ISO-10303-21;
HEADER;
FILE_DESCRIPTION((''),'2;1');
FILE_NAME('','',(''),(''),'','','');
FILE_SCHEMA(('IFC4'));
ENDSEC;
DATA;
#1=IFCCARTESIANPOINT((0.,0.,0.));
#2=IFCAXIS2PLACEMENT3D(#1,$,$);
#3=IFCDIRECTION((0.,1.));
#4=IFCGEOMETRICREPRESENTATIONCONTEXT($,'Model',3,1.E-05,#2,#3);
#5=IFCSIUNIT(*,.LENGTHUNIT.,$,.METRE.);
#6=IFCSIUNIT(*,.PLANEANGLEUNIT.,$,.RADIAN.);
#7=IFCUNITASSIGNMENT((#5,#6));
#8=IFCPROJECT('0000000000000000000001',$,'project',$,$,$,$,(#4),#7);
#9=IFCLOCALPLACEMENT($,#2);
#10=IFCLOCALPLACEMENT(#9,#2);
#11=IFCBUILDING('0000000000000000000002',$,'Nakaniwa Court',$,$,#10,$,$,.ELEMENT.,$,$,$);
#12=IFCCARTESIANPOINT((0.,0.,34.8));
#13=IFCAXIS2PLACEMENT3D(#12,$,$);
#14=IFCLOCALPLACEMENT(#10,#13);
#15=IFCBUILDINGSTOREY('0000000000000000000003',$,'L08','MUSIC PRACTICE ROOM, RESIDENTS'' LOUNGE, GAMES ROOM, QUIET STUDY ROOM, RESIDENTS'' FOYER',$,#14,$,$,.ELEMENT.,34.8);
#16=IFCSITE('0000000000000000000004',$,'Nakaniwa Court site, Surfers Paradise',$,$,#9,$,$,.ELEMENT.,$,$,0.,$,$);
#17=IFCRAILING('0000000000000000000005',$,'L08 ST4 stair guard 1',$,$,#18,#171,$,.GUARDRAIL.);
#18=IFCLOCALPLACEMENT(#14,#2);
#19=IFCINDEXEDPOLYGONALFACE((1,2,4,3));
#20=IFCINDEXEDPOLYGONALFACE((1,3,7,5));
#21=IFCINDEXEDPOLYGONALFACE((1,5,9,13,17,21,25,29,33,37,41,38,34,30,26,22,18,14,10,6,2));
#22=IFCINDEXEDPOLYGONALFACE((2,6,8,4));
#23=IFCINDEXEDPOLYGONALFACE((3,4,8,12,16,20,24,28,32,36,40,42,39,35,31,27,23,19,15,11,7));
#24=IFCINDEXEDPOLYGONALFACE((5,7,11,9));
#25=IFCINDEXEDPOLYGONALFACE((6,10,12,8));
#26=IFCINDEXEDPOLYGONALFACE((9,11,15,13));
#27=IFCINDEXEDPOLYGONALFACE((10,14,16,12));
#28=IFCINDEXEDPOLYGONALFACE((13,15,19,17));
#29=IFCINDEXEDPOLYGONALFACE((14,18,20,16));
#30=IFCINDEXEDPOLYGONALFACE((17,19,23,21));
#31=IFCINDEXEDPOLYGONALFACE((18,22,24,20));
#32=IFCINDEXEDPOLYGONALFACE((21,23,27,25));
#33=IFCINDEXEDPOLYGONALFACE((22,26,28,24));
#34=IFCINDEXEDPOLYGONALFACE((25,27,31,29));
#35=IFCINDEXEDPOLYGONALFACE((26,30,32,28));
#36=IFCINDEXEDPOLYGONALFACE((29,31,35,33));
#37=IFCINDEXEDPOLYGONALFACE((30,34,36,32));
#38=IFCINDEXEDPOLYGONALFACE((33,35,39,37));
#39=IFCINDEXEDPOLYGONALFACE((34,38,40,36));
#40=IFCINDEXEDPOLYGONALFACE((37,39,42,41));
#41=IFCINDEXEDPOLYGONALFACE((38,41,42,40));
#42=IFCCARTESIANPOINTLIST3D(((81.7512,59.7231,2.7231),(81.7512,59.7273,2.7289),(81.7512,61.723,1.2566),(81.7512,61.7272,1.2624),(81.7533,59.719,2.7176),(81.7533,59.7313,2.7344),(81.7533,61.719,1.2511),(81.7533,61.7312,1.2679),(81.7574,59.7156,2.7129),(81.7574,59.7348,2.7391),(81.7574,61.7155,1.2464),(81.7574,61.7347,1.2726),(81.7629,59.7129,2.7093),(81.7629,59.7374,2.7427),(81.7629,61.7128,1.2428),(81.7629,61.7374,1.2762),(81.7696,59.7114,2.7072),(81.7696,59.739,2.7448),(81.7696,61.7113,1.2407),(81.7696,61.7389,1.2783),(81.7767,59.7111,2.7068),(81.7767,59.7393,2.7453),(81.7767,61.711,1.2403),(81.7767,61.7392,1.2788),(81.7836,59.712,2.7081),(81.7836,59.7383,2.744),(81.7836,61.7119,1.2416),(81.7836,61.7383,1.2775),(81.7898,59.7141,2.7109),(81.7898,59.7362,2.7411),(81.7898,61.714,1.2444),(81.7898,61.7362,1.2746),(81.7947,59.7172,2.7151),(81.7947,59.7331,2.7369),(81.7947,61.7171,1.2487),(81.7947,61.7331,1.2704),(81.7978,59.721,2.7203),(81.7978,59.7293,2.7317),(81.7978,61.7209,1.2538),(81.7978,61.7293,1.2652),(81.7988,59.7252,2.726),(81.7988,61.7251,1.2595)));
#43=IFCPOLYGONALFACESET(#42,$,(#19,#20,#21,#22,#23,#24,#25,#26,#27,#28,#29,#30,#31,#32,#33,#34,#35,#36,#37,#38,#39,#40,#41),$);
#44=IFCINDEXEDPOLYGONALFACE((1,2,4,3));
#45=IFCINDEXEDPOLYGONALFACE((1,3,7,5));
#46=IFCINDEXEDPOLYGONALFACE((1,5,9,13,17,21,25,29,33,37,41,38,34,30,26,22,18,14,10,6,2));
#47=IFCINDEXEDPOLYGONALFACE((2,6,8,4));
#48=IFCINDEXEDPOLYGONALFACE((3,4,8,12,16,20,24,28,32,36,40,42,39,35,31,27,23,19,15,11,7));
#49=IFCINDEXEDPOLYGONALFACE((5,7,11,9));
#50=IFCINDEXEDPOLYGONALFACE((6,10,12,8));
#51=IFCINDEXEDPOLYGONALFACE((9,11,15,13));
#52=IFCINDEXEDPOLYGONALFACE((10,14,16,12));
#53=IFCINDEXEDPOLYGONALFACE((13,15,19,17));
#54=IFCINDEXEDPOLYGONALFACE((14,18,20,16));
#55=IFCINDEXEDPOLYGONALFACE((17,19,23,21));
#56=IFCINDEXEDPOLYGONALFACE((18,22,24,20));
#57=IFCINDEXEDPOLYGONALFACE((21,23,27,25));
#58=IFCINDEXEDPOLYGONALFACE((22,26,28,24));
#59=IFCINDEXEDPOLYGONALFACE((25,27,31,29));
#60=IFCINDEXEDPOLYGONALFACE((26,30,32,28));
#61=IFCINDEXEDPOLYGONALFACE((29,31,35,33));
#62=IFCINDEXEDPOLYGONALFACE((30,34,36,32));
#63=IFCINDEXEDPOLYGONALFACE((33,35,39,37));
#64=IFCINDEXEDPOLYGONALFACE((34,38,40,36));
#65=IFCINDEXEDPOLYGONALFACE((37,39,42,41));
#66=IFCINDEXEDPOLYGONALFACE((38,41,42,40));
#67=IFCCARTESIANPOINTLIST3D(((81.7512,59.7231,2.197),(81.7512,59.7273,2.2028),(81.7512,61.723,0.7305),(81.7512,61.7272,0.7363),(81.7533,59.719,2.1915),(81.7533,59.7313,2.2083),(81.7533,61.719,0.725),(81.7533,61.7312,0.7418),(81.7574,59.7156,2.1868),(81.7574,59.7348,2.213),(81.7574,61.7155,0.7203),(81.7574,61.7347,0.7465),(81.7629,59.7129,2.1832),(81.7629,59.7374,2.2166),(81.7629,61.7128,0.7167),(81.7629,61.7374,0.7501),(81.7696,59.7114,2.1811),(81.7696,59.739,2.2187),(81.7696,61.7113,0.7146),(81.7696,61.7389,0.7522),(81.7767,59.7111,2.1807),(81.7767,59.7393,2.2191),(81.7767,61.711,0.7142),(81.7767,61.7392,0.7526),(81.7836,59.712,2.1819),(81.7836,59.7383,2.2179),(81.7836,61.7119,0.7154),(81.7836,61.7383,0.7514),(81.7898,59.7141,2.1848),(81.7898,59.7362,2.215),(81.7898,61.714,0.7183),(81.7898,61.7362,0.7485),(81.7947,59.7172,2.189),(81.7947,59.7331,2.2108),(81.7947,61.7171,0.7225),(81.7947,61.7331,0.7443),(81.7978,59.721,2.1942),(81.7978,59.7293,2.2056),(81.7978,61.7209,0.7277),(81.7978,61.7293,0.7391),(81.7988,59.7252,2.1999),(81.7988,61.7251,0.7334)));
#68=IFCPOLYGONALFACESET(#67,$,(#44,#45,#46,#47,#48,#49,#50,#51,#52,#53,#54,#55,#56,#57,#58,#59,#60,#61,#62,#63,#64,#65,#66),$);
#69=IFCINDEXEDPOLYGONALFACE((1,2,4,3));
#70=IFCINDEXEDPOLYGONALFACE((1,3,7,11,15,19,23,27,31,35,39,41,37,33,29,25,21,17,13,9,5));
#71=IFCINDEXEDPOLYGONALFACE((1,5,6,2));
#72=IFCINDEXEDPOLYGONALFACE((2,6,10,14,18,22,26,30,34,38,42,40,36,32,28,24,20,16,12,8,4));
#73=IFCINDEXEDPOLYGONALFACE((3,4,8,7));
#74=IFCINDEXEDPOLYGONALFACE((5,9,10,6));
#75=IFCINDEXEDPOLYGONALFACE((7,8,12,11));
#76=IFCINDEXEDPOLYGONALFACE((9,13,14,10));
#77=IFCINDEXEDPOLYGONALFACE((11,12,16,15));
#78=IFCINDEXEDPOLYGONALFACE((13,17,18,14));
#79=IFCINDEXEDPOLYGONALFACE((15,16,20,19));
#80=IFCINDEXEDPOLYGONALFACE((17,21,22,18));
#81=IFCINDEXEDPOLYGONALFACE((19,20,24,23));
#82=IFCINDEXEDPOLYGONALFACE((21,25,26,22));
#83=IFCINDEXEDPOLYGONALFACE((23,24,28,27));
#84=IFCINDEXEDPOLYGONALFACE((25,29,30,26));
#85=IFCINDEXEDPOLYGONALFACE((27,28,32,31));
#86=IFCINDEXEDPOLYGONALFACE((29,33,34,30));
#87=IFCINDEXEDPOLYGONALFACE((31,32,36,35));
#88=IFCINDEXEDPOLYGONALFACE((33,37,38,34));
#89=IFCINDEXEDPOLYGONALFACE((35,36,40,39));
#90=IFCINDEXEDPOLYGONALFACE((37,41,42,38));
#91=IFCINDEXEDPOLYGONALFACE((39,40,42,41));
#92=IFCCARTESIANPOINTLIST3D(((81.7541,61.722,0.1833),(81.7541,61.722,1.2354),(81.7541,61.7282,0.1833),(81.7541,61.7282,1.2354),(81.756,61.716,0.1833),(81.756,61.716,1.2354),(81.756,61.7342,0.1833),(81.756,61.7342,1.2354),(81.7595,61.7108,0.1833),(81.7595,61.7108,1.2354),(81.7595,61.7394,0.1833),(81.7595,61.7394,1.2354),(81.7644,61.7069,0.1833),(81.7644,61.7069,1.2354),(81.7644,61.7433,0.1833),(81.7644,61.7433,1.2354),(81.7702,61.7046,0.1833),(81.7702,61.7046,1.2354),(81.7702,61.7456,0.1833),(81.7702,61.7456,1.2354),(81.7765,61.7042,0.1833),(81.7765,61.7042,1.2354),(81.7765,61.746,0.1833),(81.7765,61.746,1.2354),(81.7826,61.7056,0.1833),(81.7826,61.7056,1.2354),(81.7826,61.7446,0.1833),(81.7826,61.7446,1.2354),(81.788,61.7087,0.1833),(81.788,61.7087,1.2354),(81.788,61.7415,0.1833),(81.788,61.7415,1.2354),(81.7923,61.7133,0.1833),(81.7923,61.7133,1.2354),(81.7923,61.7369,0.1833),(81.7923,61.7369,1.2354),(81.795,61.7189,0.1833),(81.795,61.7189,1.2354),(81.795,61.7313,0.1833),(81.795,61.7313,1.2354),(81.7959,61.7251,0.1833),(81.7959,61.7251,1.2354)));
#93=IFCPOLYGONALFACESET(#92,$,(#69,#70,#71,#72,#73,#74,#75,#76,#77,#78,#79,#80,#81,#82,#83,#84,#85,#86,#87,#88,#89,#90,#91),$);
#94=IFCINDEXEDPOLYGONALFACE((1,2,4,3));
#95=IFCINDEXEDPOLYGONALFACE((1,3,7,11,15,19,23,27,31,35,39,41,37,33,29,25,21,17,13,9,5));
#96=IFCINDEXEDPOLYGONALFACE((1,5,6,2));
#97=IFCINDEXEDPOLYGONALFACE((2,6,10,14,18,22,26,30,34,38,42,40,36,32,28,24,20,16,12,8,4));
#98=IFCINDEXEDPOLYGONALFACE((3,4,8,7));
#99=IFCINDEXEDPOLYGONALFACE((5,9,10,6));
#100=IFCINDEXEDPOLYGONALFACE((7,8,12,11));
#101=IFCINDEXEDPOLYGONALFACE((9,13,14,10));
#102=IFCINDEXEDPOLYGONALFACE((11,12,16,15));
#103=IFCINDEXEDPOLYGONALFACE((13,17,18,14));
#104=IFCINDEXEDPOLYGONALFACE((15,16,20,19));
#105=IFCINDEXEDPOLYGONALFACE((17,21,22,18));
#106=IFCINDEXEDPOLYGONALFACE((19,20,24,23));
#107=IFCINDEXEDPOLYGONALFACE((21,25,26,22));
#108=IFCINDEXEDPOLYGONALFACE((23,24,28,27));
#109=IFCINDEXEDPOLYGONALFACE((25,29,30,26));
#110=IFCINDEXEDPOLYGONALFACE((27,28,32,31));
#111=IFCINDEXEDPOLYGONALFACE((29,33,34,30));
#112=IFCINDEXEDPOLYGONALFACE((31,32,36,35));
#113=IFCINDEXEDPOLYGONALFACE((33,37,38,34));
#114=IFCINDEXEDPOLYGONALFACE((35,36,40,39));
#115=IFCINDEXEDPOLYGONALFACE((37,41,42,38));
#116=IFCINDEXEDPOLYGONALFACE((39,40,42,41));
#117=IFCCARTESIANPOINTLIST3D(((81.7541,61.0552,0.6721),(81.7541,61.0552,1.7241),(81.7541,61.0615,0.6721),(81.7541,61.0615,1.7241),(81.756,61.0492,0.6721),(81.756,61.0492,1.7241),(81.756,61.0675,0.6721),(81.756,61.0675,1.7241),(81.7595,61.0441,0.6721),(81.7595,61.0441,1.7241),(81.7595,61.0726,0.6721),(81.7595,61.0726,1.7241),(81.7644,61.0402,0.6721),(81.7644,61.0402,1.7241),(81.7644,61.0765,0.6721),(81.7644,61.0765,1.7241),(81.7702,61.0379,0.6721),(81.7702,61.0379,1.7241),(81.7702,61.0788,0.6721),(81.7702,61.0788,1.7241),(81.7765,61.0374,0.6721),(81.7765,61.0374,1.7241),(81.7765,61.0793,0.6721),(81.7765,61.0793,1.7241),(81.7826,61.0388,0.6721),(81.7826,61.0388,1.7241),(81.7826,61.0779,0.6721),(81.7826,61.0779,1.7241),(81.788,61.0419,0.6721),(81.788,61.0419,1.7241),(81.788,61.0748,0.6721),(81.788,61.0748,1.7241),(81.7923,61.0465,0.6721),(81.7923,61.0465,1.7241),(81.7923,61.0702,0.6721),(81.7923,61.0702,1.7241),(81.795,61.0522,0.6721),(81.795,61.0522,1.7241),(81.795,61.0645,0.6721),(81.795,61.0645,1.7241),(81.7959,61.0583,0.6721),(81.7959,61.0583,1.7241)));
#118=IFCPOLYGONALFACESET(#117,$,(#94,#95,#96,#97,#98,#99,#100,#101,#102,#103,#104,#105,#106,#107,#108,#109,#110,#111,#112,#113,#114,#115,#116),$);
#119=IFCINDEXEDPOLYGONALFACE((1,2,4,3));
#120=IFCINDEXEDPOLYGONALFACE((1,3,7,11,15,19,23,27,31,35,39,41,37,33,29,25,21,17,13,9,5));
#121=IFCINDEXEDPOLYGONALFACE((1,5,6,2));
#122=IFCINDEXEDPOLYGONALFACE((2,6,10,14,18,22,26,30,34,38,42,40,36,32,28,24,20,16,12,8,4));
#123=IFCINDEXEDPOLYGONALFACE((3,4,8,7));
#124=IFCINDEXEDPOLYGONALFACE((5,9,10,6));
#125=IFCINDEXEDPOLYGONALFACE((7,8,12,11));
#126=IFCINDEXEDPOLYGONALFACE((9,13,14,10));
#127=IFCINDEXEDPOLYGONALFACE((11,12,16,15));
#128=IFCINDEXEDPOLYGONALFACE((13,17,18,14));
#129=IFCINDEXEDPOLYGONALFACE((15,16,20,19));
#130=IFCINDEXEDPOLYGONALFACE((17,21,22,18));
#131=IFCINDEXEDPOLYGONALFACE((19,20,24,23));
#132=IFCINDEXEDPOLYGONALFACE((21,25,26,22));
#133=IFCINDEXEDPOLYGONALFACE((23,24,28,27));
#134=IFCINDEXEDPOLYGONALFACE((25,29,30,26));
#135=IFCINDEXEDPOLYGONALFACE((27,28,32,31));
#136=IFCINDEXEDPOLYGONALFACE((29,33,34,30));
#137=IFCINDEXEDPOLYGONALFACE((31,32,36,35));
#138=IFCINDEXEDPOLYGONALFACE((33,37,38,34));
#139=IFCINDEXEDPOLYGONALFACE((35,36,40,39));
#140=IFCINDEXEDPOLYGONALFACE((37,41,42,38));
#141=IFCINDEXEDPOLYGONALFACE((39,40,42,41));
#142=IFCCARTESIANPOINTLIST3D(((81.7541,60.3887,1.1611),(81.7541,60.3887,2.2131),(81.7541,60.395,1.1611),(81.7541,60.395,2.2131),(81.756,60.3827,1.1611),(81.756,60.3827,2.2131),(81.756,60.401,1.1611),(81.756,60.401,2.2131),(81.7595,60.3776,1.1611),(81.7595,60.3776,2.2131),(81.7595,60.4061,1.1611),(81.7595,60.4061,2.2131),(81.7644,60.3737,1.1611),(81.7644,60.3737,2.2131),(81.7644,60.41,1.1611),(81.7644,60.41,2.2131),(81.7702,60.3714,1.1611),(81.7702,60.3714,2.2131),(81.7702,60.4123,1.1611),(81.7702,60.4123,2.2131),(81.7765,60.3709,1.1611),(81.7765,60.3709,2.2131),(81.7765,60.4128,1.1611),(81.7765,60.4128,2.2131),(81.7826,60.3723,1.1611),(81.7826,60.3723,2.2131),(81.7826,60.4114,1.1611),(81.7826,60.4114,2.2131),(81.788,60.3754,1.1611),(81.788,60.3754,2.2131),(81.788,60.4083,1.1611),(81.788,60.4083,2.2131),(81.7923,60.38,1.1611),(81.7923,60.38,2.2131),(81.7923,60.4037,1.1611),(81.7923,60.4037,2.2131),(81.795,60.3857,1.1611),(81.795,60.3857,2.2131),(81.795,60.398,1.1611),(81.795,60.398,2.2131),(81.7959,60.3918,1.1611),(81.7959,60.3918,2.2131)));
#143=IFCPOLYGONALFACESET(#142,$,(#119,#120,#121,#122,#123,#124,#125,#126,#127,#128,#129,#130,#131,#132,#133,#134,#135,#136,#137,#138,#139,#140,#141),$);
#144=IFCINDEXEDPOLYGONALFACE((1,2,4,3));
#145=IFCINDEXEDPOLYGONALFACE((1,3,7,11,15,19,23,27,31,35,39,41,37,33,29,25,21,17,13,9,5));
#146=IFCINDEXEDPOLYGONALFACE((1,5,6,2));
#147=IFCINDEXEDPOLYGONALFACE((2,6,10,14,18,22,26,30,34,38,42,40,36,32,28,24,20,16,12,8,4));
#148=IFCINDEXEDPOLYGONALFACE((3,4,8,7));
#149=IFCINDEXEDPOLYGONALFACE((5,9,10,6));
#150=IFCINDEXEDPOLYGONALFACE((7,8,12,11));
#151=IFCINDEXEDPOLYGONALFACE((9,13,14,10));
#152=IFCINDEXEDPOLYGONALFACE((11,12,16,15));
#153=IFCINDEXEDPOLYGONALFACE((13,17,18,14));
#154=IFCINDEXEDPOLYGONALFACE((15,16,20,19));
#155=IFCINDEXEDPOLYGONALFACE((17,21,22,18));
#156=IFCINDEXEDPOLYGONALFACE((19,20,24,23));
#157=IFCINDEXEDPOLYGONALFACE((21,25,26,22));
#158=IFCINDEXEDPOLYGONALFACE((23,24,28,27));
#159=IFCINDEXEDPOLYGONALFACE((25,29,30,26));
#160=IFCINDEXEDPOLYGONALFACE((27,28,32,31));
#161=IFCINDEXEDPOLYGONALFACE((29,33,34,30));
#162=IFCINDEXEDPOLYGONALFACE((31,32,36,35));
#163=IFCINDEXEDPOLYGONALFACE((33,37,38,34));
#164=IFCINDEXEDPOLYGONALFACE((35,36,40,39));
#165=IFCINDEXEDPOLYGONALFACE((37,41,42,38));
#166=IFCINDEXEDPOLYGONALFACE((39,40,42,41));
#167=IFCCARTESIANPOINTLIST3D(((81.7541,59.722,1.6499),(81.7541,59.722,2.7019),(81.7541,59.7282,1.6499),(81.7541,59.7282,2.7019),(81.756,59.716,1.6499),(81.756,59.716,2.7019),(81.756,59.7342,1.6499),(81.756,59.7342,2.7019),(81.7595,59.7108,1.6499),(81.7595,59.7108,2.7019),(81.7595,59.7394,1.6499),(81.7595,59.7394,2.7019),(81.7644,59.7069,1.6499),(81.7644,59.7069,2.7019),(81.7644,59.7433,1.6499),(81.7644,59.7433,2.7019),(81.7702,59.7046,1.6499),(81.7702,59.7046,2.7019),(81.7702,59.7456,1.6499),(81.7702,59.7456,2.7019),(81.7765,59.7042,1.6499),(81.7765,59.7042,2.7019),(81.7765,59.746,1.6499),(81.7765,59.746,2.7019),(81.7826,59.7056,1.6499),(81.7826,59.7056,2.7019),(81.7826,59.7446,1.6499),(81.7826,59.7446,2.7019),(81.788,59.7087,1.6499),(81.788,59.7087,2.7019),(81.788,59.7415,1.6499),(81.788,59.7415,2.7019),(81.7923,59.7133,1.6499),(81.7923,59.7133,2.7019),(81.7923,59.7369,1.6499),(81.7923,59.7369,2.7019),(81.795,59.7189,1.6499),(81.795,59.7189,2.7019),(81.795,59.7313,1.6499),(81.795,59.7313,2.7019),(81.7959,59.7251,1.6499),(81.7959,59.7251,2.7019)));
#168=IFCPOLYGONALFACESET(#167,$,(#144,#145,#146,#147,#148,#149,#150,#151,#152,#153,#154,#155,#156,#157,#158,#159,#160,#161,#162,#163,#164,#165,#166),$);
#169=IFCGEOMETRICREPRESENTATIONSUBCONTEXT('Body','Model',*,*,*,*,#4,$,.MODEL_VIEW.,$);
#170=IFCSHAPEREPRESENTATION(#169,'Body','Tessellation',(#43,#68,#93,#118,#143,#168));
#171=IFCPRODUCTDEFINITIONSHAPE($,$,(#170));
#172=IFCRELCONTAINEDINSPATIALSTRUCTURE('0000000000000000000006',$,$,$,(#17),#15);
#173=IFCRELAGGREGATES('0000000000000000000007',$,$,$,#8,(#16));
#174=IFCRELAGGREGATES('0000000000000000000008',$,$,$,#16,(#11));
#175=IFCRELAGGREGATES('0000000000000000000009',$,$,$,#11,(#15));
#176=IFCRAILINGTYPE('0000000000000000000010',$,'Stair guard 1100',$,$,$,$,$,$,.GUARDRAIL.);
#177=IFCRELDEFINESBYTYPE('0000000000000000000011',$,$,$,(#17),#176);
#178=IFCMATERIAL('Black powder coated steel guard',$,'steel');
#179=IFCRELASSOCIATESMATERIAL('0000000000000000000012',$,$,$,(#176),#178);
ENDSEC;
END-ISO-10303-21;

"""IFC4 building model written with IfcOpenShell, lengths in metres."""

from ifc_helpers import new_model, si_unit, direction, frame, origin, origin_2d, place, context, subcontext, project, spatial, circle, extrude, material, type_object, element, save


model = new_model("IFC4")

# Units and contexts
model_context = context("Model", 3, precision=1e-05, world=origin(), true_north=direction((0.0, 1.0)))
body_context = subcontext(model_context, "Body", "Model", "MODEL_VIEW")
ifc_project = project(units=[si_unit("LENGTHUNIT", "METRE"), si_unit("PLANEANGLEUNIT", "RADIAN")], contexts=[model_context])

# Site, building, storey
site_placement = place(None, origin())
site = spatial("IfcSite", under=ifc_project, at=site_placement, Name="Nakaniwa Court site, Surfers Paradise", CompositionType="ELEMENT", RefElevation=0.0)
building_placement = place(site_placement, origin())
building = spatial("IfcBuilding", under=site, at=building_placement, Name="Nakaniwa Court", CompositionType="ELEMENT")
storey_placement = place(building_placement, frame((0.0, 0.0, 34.8)))
storey = spatial("IfcBuildingStorey", under=building, at=storey_placement, Name="L08", Description="MUSIC PRACTICE ROOM, RESIDENTS' LOUNGE, GAMES ROOM, QUIET STUDY ROOM, RESIDENTS' FOYER", CompositionType="ELEMENT", Elevation=34.8)

# Railing
ifc_material_1 = material(Name="Black powder coated steel guard", Category="steel")
railing_type_1 = type_object("IfcRailingType", Name="Stair guard 1100", PredefinedType="GUARDRAIL", material=ifc_material_1)
railing_1_placement = place(storey_placement, frame((81.7749, 61.7251, 0.1833)))
element("IfcRailing", 1, at=railing_1_placement, inside=storey, type_object=railing_type_1, Name="L08 ST4 stair guard 1", PredefinedType="GUARDRAIL", context=body_context, shape_type="SweptSolid", body=[
    extrude(circle(Radius=0.0239, at=origin_2d()), frame((0.0, 0.0, 1.0762), z_axis=(0.0, -0.806427, 0.591334), x_axis=(1.0, 0.0, 0.0)), (0.0, 0.0, 1.0), 2.48),
    extrude(circle(Radius=0.0239, at=origin_2d()), frame((0.0, 0.0, 0.55), z_axis=(0.0, -0.806427, 0.591334), x_axis=(1.0, 0.0, 0.0)), (0.0, 0.0, 1.0), 2.48),
    extrude(circle(Radius=0.021, at=origin_2d()), origin(), (0.0, 0.0, 1.0), 1.052),
    extrude(circle(Radius=0.021, at=origin_2d()), frame((0.0, -0.6667, 0.4888)), (0.0, 0.0, 1.0), 1.052),
    extrude(circle(Radius=0.021, at=origin_2d()), frame((0.0, -1.3333, 0.9778)), (0.0, 0.0, 1.0), 1.052),
    extrude(circle(Radius=0.021, at=origin_2d()), frame((0.0, -2.0, 1.4666)), (0.0, 0.0, 1.0), 1.052),
])

save(model, "model.ifc")
